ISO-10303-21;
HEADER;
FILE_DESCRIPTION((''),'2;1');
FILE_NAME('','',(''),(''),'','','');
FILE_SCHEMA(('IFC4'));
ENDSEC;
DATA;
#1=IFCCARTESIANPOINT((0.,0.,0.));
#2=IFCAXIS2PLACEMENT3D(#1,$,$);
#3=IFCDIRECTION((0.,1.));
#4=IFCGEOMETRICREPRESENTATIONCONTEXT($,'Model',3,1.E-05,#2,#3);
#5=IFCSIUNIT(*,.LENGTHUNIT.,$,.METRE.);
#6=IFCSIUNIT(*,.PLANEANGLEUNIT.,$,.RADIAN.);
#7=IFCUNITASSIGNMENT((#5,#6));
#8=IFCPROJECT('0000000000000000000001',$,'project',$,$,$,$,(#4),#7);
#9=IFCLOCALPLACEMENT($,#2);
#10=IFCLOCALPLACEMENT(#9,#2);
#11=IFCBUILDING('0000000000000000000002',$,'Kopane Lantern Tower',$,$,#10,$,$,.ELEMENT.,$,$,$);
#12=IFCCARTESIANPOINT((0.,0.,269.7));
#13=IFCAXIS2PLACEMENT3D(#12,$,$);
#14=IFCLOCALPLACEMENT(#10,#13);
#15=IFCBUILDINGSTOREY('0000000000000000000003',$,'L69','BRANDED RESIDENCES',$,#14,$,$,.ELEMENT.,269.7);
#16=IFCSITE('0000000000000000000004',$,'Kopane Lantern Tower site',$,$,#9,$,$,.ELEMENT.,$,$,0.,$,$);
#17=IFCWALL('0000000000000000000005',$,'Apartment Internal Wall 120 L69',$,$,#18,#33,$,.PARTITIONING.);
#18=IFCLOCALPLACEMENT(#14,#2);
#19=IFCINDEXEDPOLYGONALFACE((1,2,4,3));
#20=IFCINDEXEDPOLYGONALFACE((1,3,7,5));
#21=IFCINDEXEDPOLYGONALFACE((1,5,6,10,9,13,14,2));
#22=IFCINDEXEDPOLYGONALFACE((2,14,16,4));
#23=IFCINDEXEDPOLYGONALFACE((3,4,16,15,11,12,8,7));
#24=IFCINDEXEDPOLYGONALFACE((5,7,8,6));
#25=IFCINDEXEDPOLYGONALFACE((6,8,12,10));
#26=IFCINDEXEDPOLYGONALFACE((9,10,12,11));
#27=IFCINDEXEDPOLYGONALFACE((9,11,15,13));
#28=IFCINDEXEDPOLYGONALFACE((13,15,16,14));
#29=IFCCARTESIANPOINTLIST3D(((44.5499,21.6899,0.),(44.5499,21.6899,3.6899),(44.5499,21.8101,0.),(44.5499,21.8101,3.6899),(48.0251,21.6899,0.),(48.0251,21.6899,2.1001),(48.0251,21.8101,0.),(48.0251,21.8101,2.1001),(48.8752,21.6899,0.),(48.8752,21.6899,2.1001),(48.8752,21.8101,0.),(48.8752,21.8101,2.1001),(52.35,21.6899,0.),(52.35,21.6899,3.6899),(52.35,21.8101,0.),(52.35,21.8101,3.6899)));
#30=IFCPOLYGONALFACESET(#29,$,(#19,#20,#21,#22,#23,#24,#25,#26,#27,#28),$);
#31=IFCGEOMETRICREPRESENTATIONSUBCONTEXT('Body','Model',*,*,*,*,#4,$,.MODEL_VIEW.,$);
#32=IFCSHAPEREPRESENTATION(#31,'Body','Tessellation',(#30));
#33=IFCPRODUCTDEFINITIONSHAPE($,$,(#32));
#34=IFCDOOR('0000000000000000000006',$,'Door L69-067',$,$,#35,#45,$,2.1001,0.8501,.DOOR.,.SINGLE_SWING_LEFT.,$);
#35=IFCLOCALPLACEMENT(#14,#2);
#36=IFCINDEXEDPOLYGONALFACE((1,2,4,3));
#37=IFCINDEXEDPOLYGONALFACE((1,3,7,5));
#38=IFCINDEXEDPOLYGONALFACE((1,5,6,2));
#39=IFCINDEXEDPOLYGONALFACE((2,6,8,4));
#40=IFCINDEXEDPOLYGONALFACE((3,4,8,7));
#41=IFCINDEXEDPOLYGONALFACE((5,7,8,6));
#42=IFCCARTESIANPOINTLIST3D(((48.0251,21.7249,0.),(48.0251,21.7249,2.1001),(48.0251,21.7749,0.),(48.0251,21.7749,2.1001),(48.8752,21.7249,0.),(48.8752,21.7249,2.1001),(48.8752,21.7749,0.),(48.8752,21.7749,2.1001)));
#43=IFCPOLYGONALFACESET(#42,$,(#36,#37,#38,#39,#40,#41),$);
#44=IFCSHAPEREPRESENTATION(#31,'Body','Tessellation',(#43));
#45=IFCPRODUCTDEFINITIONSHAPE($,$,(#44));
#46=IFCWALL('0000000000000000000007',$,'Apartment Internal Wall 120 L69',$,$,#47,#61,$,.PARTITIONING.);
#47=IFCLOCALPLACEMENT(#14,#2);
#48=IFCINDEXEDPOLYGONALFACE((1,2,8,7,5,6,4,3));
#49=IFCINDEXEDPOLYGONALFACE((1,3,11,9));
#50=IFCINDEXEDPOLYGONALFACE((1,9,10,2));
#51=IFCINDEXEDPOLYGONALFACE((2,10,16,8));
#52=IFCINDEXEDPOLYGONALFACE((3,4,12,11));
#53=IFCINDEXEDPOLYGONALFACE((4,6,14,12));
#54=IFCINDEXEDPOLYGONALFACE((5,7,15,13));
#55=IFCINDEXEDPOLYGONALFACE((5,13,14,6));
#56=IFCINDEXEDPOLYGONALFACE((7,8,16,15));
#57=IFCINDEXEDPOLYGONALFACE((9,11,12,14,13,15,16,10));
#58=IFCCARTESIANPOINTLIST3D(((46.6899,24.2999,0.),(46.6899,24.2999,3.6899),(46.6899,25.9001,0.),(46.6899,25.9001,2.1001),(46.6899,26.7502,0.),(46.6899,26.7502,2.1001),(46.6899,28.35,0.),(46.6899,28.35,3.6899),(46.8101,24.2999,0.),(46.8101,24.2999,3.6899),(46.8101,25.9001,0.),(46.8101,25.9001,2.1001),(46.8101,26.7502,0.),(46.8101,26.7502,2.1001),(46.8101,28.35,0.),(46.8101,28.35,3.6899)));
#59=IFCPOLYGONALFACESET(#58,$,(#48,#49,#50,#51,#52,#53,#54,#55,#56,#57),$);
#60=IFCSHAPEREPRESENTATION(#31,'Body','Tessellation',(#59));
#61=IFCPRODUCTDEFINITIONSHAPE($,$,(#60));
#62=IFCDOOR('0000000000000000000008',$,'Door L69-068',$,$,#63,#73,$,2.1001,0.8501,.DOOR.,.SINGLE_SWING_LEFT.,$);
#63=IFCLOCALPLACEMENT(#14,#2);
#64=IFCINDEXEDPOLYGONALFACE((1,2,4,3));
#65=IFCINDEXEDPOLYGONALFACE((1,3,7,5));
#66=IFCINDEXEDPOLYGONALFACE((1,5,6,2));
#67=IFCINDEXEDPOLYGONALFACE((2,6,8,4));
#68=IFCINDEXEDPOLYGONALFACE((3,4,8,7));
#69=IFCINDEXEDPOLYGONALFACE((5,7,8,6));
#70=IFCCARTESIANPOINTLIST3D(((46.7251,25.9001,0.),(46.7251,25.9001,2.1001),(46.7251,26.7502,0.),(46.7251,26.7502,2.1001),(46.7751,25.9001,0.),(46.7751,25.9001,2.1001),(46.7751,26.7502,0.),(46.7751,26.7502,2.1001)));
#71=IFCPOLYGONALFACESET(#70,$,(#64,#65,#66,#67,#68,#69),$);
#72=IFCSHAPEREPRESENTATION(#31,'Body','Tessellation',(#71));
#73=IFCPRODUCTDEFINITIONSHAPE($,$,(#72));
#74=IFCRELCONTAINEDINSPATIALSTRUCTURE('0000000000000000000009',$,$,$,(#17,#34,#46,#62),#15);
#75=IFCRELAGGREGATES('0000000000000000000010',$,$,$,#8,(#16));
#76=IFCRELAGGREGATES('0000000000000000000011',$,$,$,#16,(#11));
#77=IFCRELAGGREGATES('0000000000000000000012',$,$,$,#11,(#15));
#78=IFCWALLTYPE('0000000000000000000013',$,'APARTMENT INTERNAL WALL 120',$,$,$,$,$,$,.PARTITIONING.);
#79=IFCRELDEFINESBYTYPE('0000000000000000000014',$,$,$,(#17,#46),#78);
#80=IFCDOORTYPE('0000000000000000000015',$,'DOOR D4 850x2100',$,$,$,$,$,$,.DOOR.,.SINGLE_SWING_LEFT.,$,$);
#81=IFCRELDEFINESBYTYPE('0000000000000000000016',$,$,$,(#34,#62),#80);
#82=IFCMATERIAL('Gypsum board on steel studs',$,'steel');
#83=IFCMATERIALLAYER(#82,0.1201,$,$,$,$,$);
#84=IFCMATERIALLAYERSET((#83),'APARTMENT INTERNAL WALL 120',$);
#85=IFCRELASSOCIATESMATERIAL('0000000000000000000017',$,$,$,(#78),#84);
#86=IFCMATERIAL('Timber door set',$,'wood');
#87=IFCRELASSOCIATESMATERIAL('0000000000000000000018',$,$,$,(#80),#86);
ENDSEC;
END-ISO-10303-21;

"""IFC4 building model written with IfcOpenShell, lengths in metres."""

from ifc_helpers import new_model, si_unit, direction, frame, frame_2d, origin, place, context, subcontext, project, spatial, rectangle, extrude, material, layer, layer_set, type_object, element, fill, save


model = new_model("IFC4")

# Units and contexts
model_context = context("Model", 3, precision=1e-05, world=origin(), true_north=direction((0.0, 1.0)))
body_context = subcontext(model_context, "Body", "Model", "MODEL_VIEW")
ifc_project = project(units=[si_unit("LENGTHUNIT", "METRE"), si_unit("PLANEANGLEUNIT", "RADIAN")], contexts=[model_context])

# Site, building, storey
site_placement = place(None, origin())
site = spatial("IfcSite", under=ifc_project, at=site_placement, Name="Kopane Lantern Tower site", CompositionType="ELEMENT", RefElevation=0.0)
building_placement = place(site_placement, origin())
building = spatial("IfcBuilding", under=site, at=building_placement, Name="Kopane Lantern Tower", CompositionType="ELEMENT")
storey_placement = place(building_placement, frame((0.0, 0.0, 269.7)))
storey = spatial("IfcBuildingStorey", under=building, at=storey_placement, Name="L69", Description="BRANDED RESIDENCES", CompositionType="ELEMENT", Elevation=269.7)

# Shared definitions
ifc_material_1 = material(Name="Gypsum board on steel studs", Category="steel")
ifc_layer = layer(ifc_material_1, 0.1201)
ifc_layer_set = layer_set([ifc_layer], Name="APARTMENT INTERNAL WALL 120")
wall_type = type_object("IfcWallType", Name="APARTMENT INTERNAL WALL 120", PredefinedType="PARTITIONING", material=ifc_layer_set)
ifc_material_2 = material(Name="Timber door set", Category="wood")
door_type = type_object("IfcDoorType", Name="DOOR D4 850x2100", OperationType="SINGLE_SWING_LEFT", PredefinedType="DOOR", material=ifc_material_2)

# Walls, openings, doors
wall_1_placement = place(storey_placement, frame((44.55, 21.75, 0.0), z_axis=(0.0, 0.0, 1.0), x_axis=(1.0, 0.0, 0.0)))
wall_1 = element("IfcWall", 1, at=wall_1_placement, inside=storey, type_object=wall_type, Name="Apartment Internal Wall 120 L69", PredefinedType="PARTITIONING", context=body_context, shape_type="SweptSolid", body=[
    extrude(rectangle(XDim=7.8, YDim=0.1201, at=frame_2d((3.8999, 0.0))), origin(), (0.0, 0.0, 1.0), 3.6899),
])
opening_1_placement = place(wall_1_placement, frame((3.4751, 0.0, 0.0)))
opening_1 = element("IfcOpeningElement", 2, at=opening_1_placement, cuts=wall_1, PredefinedType="OPENING", context=body_context, shape_type="SweptSolid", body=[
    extrude(rectangle(XDim=0.8501, YDim=2.1001, at=frame_2d((0.425, 1.05))), frame((0.0, 0.0701, 0.0), z_axis=(0.0, -1.0, 0.0), x_axis=(1.0, 0.0, 0.0)), (0.0, 0.0, 1.0), 0.1401),
])
door_1_placement = place(opening_1_placement, origin())
door_1 = element("IfcDoor", 3, at=door_1_placement, inside=storey, type_object=door_type, Name="Door L69-067", OperationType="SINGLE_SWING_LEFT", OverallHeight=2.1001, OverallWidth=0.8501, PredefinedType="DOOR", context=body_context, shape_type="SweptSolid", body=[
    extrude(rectangle(XDim=0.8501, YDim=2.1001, at=frame_2d((0.425, 1.05))), frame((0.0, 0.0249, 0.0), z_axis=(0.0, -1.0, 0.0), x_axis=(1.0, 0.0, 0.0)), (0.0, 0.0, 1.0), 0.05),
])
fill(opening_1, door_1)
wall_2_placement = place(storey_placement, frame((46.75, 24.3, 0.0), z_axis=(0.0, 0.0, 1.0), x_axis=(0.0, 1.0, 0.0)))
wall_2 = element("IfcWall", 4, at=wall_2_placement, inside=storey, type_object=wall_type, Name="Apartment Internal Wall 120 L69", PredefinedType="PARTITIONING", context=body_context, shape_type="SweptSolid", body=[
    extrude(rectangle(XDim=4.05, YDim=0.1201, at=frame_2d((2.0249, 0.0))), origin(), (0.0, 0.0, 1.0), 3.6899),
])
opening_2_placement = place(wall_2_placement, frame((1.6001, 0.0, 0.0)))
opening_2 = element("IfcOpeningElement", 5, at=opening_2_placement, cuts=wall_2, PredefinedType="OPENING", context=body_context, shape_type="SweptSolid", body=[
    extrude(rectangle(XDim=0.8501, YDim=2.1001, at=frame_2d((0.425, 1.05))), frame((0.0, 0.0701, 0.0), z_axis=(0.0, -1.0, 0.0), x_axis=(1.0, 0.0, 0.0)), (0.0, 0.0, 1.0), 0.1401),
])
door_2_placement = place(opening_2_placement, origin())
door_2 = element("IfcDoor", 6, at=door_2_placement, inside=storey, type_object=door_type, Name="Door L69-068", OperationType="SINGLE_SWING_LEFT", OverallHeight=2.1001, OverallWidth=0.8501, PredefinedType="DOOR", context=body_context, shape_type="SweptSolid", body=[
    extrude(rectangle(XDim=0.8501, YDim=2.1001, at=frame_2d((0.425, 1.05))), frame((0.0, 0.0249, 0.0), z_axis=(0.0, -1.0, 0.0), x_axis=(1.0, 0.0, 0.0)), (0.0, 0.0, 1.0), 0.05),
])
fill(opening_2, door_2)

save(model, "model.ifc")
